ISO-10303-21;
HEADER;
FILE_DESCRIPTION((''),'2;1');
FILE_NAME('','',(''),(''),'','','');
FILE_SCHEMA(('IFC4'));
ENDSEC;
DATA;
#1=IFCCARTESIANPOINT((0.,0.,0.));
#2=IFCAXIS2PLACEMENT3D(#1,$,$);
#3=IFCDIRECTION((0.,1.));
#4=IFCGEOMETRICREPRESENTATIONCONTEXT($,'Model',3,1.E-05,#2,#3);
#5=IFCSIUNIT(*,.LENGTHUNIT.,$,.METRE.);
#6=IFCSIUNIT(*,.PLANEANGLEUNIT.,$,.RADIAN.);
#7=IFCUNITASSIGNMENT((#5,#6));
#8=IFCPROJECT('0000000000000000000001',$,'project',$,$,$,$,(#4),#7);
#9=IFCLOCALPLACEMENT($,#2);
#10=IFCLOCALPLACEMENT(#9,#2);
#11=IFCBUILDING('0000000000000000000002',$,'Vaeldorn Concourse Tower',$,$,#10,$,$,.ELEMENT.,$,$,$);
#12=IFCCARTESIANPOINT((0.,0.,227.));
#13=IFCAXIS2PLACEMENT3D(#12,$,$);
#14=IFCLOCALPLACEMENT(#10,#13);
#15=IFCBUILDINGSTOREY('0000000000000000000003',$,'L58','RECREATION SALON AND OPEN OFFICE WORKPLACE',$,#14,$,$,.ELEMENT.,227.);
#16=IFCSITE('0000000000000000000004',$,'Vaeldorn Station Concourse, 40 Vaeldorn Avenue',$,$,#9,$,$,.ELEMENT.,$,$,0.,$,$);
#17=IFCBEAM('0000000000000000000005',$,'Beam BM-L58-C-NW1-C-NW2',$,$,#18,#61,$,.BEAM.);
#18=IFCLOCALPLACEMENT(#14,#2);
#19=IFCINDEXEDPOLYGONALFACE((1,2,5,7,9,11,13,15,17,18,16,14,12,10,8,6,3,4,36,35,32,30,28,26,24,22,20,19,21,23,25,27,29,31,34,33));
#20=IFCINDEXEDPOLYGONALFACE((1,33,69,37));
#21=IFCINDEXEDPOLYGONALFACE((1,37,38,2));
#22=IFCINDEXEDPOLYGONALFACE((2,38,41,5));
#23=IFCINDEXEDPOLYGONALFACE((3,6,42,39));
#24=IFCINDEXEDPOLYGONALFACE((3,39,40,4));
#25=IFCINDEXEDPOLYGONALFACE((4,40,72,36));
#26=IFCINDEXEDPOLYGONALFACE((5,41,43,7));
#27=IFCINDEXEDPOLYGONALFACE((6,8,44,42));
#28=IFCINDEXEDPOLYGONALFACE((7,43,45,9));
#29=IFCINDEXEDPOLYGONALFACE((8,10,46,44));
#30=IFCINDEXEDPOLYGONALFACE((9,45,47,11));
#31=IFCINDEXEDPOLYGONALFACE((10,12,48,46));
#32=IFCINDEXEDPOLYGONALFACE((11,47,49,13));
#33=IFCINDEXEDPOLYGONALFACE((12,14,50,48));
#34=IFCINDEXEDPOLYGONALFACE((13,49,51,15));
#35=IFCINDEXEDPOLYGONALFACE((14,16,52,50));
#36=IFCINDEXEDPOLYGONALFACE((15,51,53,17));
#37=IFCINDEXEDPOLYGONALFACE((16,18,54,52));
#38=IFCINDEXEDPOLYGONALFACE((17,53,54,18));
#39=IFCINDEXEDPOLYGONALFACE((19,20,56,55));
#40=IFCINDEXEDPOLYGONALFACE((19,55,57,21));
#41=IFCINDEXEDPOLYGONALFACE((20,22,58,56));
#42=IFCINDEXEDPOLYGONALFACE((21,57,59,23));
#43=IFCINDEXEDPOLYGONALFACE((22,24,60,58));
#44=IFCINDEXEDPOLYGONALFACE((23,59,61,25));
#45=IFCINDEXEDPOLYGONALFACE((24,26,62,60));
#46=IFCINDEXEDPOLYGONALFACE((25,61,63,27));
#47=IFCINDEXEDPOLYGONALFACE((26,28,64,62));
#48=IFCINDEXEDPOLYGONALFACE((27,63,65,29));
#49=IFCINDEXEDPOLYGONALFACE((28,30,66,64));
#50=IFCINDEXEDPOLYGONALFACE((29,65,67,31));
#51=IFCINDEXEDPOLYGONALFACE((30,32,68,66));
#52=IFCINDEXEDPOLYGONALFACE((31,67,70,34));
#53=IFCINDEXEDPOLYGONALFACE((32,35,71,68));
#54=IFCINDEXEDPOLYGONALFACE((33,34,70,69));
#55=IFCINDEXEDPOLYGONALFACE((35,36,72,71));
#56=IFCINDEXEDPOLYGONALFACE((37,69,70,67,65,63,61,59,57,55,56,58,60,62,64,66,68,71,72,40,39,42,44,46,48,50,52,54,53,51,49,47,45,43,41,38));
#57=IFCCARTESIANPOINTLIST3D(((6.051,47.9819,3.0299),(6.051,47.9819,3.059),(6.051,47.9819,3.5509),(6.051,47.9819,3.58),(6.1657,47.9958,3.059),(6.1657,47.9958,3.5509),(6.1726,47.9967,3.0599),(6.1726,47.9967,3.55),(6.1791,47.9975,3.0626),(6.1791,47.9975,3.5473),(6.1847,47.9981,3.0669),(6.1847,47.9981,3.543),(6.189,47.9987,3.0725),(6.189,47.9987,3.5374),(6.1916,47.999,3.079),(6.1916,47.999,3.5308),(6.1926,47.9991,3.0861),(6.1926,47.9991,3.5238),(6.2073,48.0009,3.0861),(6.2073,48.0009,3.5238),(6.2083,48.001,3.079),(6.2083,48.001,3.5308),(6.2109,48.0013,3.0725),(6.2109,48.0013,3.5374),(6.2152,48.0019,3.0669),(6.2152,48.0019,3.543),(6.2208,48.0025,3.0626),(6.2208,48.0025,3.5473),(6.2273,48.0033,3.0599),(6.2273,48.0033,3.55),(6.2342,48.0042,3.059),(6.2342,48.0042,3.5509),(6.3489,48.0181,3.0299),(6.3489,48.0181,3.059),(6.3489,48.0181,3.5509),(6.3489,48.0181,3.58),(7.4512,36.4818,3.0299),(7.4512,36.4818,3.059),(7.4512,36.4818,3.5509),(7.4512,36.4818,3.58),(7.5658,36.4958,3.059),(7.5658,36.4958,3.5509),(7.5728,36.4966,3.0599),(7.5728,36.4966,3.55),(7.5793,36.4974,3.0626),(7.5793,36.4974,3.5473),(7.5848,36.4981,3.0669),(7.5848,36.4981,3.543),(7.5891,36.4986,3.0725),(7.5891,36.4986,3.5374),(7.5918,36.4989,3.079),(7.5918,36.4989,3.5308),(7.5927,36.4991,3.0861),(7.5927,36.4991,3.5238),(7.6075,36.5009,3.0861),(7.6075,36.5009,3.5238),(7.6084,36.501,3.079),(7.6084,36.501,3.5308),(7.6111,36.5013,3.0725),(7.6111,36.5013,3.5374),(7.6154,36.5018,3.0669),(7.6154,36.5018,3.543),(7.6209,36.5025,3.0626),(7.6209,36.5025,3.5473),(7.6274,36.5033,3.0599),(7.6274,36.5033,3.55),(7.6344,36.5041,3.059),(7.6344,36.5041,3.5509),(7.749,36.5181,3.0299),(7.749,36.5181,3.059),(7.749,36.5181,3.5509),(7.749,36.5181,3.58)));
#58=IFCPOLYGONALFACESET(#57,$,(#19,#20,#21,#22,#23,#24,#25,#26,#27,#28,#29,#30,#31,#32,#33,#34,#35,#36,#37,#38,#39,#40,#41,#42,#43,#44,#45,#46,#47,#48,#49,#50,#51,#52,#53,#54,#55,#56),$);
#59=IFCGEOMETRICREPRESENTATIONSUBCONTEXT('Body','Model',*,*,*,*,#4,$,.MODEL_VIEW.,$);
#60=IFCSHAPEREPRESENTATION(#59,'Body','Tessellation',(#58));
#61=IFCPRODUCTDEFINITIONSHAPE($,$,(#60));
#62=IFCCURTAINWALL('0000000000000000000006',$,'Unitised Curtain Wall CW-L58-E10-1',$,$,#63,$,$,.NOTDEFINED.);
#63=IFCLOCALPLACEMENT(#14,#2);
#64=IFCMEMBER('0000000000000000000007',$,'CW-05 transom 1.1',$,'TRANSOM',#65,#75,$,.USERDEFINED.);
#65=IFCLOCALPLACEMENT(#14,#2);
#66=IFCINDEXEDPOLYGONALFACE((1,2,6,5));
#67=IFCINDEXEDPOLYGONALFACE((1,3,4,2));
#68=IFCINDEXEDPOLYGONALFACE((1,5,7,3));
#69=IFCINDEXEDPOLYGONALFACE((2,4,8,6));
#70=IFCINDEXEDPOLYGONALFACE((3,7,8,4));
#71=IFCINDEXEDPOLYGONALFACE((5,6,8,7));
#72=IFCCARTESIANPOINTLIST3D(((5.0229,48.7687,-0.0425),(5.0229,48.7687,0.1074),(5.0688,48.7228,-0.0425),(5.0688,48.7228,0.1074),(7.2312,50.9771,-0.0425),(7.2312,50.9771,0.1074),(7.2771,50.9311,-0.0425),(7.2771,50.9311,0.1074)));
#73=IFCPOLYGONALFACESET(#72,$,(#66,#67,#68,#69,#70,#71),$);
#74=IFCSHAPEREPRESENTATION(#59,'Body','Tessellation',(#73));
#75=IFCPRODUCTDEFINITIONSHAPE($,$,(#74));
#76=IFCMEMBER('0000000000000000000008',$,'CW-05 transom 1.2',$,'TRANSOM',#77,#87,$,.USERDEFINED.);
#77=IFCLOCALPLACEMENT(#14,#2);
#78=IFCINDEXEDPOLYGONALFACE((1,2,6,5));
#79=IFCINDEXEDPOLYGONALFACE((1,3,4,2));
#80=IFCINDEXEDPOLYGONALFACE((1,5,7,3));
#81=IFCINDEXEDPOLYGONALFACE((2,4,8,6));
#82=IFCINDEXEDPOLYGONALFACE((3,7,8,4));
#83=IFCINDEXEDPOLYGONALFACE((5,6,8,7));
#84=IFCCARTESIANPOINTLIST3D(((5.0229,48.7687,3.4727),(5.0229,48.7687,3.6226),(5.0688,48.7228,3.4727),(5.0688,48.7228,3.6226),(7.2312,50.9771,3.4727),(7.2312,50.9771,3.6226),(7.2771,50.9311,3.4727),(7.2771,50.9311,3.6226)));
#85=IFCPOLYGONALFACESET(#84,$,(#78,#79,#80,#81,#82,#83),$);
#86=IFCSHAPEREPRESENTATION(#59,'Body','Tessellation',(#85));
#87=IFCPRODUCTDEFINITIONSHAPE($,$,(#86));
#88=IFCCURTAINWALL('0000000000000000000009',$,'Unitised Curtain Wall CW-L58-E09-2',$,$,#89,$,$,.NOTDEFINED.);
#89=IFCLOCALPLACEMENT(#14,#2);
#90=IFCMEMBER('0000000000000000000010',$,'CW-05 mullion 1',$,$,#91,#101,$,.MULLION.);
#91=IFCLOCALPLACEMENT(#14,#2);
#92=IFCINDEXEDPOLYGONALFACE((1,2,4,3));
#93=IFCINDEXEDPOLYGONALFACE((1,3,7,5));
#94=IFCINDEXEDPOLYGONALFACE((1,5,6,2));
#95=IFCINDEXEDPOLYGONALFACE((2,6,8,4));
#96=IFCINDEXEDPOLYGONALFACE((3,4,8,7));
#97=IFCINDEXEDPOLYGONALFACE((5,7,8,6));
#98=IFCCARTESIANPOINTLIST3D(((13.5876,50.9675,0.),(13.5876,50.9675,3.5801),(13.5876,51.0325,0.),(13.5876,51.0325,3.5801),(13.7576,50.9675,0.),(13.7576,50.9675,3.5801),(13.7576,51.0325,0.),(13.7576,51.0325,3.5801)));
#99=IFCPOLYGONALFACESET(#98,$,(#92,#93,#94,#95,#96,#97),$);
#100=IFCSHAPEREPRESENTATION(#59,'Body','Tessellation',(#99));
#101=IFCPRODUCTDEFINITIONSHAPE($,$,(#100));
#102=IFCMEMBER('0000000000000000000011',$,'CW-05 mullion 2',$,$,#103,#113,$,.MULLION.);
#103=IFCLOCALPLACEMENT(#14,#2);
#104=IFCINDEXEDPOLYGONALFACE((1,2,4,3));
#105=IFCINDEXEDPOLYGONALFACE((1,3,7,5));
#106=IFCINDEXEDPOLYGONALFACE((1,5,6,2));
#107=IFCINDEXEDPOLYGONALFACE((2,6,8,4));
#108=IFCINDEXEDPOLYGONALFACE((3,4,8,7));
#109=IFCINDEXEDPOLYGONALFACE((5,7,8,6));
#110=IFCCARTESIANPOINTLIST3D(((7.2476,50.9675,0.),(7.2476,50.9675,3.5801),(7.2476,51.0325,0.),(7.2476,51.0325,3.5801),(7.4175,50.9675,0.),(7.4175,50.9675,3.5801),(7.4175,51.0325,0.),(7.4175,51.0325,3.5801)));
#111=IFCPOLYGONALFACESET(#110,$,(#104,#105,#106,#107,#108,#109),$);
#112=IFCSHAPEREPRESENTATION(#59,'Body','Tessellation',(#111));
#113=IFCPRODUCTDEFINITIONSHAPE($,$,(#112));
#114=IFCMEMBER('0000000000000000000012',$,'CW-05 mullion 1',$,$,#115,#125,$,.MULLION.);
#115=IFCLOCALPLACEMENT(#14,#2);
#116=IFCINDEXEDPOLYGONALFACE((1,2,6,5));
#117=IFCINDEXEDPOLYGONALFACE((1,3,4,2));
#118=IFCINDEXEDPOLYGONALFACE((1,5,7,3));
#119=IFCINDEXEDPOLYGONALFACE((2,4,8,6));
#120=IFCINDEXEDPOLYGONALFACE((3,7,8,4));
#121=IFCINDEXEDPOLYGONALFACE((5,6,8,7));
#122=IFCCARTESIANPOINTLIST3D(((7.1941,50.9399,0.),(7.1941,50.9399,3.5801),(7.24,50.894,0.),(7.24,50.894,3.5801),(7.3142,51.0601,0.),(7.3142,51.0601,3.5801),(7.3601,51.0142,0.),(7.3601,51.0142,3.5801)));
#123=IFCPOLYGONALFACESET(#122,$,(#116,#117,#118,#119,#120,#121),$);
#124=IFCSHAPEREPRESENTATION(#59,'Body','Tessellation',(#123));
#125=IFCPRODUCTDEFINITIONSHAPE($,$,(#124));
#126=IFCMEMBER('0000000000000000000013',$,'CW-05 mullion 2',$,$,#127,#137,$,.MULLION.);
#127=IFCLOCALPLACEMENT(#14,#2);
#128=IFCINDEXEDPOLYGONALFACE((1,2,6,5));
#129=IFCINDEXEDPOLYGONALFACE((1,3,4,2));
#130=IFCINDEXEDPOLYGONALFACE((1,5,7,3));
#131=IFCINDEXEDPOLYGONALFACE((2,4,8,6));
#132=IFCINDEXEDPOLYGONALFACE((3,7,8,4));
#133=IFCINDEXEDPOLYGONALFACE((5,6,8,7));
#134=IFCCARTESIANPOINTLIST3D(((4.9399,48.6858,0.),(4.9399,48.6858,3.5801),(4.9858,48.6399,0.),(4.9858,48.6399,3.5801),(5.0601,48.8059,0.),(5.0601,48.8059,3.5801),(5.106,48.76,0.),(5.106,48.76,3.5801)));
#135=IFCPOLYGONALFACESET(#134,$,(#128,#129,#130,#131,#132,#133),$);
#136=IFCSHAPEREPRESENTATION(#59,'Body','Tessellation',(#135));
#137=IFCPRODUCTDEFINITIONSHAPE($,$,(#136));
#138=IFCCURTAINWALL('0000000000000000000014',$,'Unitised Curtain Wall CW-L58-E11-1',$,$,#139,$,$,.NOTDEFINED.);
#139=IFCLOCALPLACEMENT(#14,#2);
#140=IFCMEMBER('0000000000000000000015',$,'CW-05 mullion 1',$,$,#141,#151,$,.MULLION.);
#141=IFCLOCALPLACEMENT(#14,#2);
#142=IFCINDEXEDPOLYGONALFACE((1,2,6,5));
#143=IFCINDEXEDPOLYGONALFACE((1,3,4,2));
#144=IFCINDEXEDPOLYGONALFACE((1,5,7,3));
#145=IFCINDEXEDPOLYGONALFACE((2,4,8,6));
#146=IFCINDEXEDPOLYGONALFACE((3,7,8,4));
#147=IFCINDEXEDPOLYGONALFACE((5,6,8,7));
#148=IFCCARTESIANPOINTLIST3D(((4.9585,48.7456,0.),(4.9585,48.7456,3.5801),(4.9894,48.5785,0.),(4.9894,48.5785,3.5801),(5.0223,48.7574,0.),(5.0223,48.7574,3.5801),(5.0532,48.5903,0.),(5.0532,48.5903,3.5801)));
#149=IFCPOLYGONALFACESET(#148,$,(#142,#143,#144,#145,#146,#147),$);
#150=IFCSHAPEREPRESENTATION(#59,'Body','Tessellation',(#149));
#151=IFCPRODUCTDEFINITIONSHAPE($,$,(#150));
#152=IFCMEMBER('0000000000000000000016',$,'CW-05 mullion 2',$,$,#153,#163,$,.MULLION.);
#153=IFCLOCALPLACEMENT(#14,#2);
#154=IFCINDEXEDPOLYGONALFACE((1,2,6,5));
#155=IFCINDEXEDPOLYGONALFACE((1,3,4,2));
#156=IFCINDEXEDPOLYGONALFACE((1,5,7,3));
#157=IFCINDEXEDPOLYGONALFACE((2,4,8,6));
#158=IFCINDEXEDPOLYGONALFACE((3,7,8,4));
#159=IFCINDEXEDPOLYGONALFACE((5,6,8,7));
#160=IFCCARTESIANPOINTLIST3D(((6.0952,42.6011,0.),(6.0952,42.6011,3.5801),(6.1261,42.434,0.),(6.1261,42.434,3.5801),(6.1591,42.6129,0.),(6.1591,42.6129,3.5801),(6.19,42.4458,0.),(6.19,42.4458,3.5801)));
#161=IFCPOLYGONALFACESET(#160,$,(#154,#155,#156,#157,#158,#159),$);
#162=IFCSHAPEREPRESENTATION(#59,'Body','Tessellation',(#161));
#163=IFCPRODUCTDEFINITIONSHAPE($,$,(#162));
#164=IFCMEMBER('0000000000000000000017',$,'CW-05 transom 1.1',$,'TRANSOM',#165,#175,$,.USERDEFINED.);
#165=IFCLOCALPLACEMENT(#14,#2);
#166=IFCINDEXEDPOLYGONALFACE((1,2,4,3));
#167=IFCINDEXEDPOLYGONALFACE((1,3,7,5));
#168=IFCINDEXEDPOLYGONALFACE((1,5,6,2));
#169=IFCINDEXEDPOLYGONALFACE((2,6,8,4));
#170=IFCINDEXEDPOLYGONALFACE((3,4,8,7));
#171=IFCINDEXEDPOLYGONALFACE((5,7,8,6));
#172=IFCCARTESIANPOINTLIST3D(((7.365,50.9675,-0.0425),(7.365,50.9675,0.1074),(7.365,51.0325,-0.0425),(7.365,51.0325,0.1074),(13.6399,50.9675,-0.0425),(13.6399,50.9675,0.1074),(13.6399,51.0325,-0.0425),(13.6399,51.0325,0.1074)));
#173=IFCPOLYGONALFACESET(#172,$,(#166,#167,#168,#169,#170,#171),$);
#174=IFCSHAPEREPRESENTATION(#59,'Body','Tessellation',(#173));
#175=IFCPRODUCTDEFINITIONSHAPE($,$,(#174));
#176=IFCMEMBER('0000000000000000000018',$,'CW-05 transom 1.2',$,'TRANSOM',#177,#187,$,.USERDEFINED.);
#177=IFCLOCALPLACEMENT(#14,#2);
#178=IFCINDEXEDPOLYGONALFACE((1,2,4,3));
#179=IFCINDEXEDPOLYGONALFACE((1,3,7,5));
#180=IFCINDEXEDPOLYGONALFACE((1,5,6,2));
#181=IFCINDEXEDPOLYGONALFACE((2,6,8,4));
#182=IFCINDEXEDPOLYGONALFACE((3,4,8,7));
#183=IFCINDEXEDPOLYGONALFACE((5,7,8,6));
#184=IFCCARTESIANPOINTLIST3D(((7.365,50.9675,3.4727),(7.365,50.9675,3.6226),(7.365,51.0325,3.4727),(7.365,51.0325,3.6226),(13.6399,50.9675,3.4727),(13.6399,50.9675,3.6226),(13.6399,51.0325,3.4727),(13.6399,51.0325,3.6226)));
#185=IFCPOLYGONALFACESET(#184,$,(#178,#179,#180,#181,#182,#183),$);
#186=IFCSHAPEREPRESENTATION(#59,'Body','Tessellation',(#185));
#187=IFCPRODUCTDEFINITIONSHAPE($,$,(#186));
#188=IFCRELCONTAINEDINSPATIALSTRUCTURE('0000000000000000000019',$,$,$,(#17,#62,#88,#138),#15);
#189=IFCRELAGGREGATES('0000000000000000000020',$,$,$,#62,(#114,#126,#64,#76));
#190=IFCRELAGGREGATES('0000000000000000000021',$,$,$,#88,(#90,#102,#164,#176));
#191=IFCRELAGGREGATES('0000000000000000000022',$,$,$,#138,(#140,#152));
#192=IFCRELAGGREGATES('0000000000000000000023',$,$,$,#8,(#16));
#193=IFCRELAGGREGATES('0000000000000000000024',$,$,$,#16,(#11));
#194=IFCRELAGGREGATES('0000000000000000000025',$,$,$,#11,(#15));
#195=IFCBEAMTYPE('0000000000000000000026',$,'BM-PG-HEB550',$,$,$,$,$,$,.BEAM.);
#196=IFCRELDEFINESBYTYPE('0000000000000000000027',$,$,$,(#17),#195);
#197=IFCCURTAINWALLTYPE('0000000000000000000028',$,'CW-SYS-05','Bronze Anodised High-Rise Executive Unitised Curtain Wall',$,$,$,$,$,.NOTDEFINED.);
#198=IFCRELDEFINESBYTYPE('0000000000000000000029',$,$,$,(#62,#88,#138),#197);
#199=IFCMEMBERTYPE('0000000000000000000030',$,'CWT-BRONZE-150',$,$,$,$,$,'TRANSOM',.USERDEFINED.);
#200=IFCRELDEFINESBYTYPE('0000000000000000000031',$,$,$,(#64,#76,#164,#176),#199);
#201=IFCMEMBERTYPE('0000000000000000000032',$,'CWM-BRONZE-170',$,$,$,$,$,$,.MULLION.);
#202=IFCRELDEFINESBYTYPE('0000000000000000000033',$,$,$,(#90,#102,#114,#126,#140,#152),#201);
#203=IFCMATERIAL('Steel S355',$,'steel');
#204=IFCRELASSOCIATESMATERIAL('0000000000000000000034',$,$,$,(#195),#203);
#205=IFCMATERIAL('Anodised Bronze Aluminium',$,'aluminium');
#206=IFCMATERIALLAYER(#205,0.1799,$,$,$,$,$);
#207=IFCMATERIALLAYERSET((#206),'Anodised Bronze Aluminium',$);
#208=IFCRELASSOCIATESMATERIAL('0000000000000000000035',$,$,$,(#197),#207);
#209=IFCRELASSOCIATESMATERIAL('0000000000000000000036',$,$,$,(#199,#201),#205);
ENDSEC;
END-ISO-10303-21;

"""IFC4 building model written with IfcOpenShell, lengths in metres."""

from ifc_helpers import new_model, si_unit, direction, frame, origin, origin_2d, place, context, subcontext, project, spatial, rectangle, i_section, extrude, source, transform, mapped, material, layer, layer_set, material_profile, profile_set, type_object, element, aggregate, save


model = new_model("IFC4")

# Units and contexts
model_context = context("Model", 3, precision=1e-05, world=origin(), true_north=direction((0.0, 1.0)))
body_context = subcontext(model_context, "Body", "Model", "MODEL_VIEW")
ifc_project = project(units=[si_unit("LENGTHUNIT", "METRE"), si_unit("PLANEANGLEUNIT", "RADIAN")], contexts=[model_context])

# Site, building, storey
site_placement = place(None, origin())
site = spatial("IfcSite", under=ifc_project, at=site_placement, Name="Vaeldorn Station Concourse, 40 Vaeldorn Avenue", CompositionType="ELEMENT", RefElevation=0.0)
building_placement = place(site_placement, origin())
building = spatial("IfcBuilding", under=site, at=building_placement, Name="Vaeldorn Concourse Tower", CompositionType="ELEMENT")
storey_placement = place(building_placement, frame((0.0, 0.0, 227.0)))
storey = spatial("IfcBuildingStorey", under=building, at=storey_placement, Name="L58", Description="RECREATION SALON AND OPEN OFFICE WORKPLACE", CompositionType="ELEMENT", Elevation=227.0)

# Shared definitions
ifc_material_1 = material(Name="Steel S355", Category="steel")

# Beam
ifc_material_profile_1 = material_profile(ifc_material_1, i_section(OverallWidth=0.3, OverallDepth=0.55, WebThickness=0.0149, FlangeThickness=0.0291, FilletRadius=0.0271, at=origin_2d()), Name="HEB 550")
ifc_profile_set_1 = profile_set([ifc_material_profile_1], Name="Steel S355")
beam_type_1 = type_object("IfcBeamType", Name="BM-PG-HEB550", PredefinedType="BEAM", material=ifc_profile_set_1)
shared_shape_1 = source(origin(), body_context, "Body", "SweptSolid", [
    extrude(i_section(OverallWidth=0.3, OverallDepth=0.55, WebThickness=0.0149, FlangeThickness=0.0291, FilletRadius=0.0271, at=origin_2d()), origin(), (0.0, 0.0, 1.0), 11.585),
])
beam_1_placement = place(storey_placement, frame((6.2, 48.0, 3.3049), z_axis=(0.120859, -0.99267, 0.0), x_axis=(0.99267, 0.120859, 0.0)))
element("IfcBeam", 1, at=beam_1_placement, inside=storey, type_object=beam_type_1, Name="Beam BM-L58-C-NW1-C-NW2", PredefinedType="BEAM", context=body_context, shape_type="MappedRepresentation", body=[
    mapped(shared_shape_1, transform((0.0, 0.0, 0.0), scale=1.0)),
])

# Curtain walls, members
ifc_material_2 = material(Name="Anodised Bronze Aluminium", Category="aluminium")
ifc_layer_1 = layer(ifc_material_2, 0.1799)
ifc_layer_set_1 = layer_set([ifc_layer_1], Name="Anodised Bronze Aluminium")
curtain_wall_type = type_object("IfcCurtainWallType", Name="CW-SYS-05", Description="Bronze Anodised High-Rise Executive Unitised Curtain Wall", PredefinedType="NOTDEFINED", material=ifc_layer_set_1)
curtain_wall_1_placement = place(storey_placement, origin())
curtain_wall_1 = element("IfcCurtainWall", 2, at=curtain_wall_1_placement, inside=storey, type_object=curtain_wall_type, Name="Unitised Curtain Wall CW-L58-E10-1", PredefinedType="NOTDEFINED")
ifc_material_profile_2 = material_profile(ifc_material_2, rectangle(XDim=0.0649, YDim=0.1499, at=origin_2d()), Name="CWT 65x150")
ifc_profile_set_2 = profile_set([ifc_material_profile_2], Name="Anodised Bronze Aluminium")
member_type_1 = type_object("IfcMemberType", Name="CWT-BRONZE-150", ElementType="TRANSOM", PredefinedType="USERDEFINED", material=ifc_profile_set_2)
shared_shape_2 = source(origin(), body_context, "Body", "SweptSolid", [
    extrude(rectangle(XDim=0.0649, YDim=0.1499, at=origin_2d()), origin(), (0.0, 0.0, 1.0), 3.123),
])
member_1_placement = place(storey_placement, frame((7.2542, 50.9541, 0.0325), z_axis=(-0.707107, -0.707107, 0.0), x_axis=(0.707107, -0.707107, 0.0)))
member_1 = element("IfcMember", 3, at=member_1_placement, type_object=member_type_1, Name="CW-05 transom 1.1", ObjectType="TRANSOM", PredefinedType="USERDEFINED", context=body_context, shape_type="MappedRepresentation", body=[
    mapped(shared_shape_2, transform((0.0, 0.0, 0.0), scale=1.0)),
])
member_2_placement = place(storey_placement, frame((7.2542, 50.9541, 3.5476), z_axis=(-0.707107, -0.707107, 0.0), x_axis=(0.707107, -0.707107, 0.0)))
member_2 = element("IfcMember", 4, at=member_2_placement, type_object=member_type_1, Name="CW-05 transom 1.2", ObjectType="TRANSOM", PredefinedType="USERDEFINED", context=body_context, shape_type="MappedRepresentation", body=[
    mapped(shared_shape_2, transform((0.0, 0.0, 0.0), scale=1.0)),
])
curtain_wall_2_placement = place(storey_placement, origin())
curtain_wall_2 = element("IfcCurtainWall", 5, at=curtain_wall_2_placement, inside=storey, type_object=curtain_wall_type, Name="Unitised Curtain Wall CW-L58-E09-2", PredefinedType="NOTDEFINED")
ifc_material_profile_3 = material_profile(ifc_material_2, rectangle(XDim=0.0649, YDim=0.1699, at=origin_2d()), Name="CWM 65x170")
ifc_profile_set_3 = profile_set([ifc_material_profile_3], Name="Anodised Bronze Aluminium")
member_type_2 = type_object("IfcMemberType", Name="CWM-BRONZE-170", PredefinedType="MULLION", material=ifc_profile_set_3)
shared_shape_3 = source(origin(), body_context, "Body", "SweptSolid", [
    extrude(rectangle(XDim=0.0649, YDim=0.1699, at=origin_2d()), origin(), (0.0, 0.0, 1.0), 3.5801),
])
member_3_placement = place(storey_placement, frame((13.6726, 51.0, 0.0), z_axis=(0.0, 0.0, 1.0), x_axis=(0.0, -1.0, 0.0)))
member_3 = element("IfcMember", 6, at=member_3_placement, type_object=member_type_2, Name="CW-05 mullion 1", PredefinedType="MULLION", context=body_context, shape_type="MappedRepresentation", body=[
    mapped(shared_shape_3, transform((0.0, 0.0, 0.0), scale=1.0)),
])
member_4_placement = place(storey_placement, frame((7.3325, 51.0, 0.0), z_axis=(0.0, 0.0, 1.0), x_axis=(0.0, -1.0, 0.0)))
member_4 = element("IfcMember", 7, at=member_4_placement, type_object=member_type_2, Name="CW-05 mullion 2", PredefinedType="MULLION", context=body_context, shape_type="MappedRepresentation", body=[
    mapped(shared_shape_3, transform((0.0, 0.0, 0.0), scale=1.0)),
])

# Members
member_5_placement = place(storey_placement, frame((7.2771, 50.9771, 0.0), z_axis=(0.0, 0.0, 1.0), x_axis=(0.707107, -0.707107, 0.0)))
member_5 = element("IfcMember", 8, at=member_5_placement, type_object=member_type_2, Name="CW-05 mullion 1", PredefinedType="MULLION", context=body_context, shape_type="MappedRepresentation", body=[
    mapped(shared_shape_3, transform((0.0, 0.0, 0.0), scale=1.0)),
])
member_6_placement = place(storey_placement, frame((5.0229, 48.7229, 0.0), z_axis=(0.0, 0.0, 1.0), x_axis=(0.707107, -0.707107, 0.0)))
member_6 = element("IfcMember", 9, at=member_6_placement, type_object=member_type_2, Name="CW-05 mullion 2", PredefinedType="MULLION", context=body_context, shape_type="MappedRepresentation", body=[
    mapped(shared_shape_3, transform((0.0, 0.0, 0.0), scale=1.0)),
])

# Curtain wall, members
curtain_wall_3_placement = place(storey_placement, origin())
curtain_wall_3 = element("IfcCurtainWall", 10, at=curtain_wall_3_placement, inside=storey, type_object=curtain_wall_type, Name="Unitised Curtain Wall CW-L58-E11-1", PredefinedType="NOTDEFINED")
member_7_placement = place(storey_placement, frame((5.0059, 48.668, 0.0), z_axis=(0.0, 0.0, 1.0), x_axis=(0.983319, 0.181888, 0.0)))
member_7 = element("IfcMember", 11, at=member_7_placement, type_object=member_type_2, Name="CW-05 mullion 1", PredefinedType="MULLION", context=body_context, shape_type="MappedRepresentation", body=[
    mapped(shared_shape_3, transform((0.0, 0.0, 0.0), scale=1.0)),
])
member_8_placement = place(storey_placement, frame((6.1426, 42.5234, 0.0), z_axis=(0.0, 0.0, 1.0), x_axis=(0.983319, 0.181888, 0.0)))
member_8 = element("IfcMember", 12, at=member_8_placement, type_object=member_type_2, Name="CW-05 mullion 2", PredefinedType="MULLION", context=body_context, shape_type="MappedRepresentation", body=[
    mapped(shared_shape_3, transform((0.0, 0.0, 0.0), scale=1.0)),
])

# Members
shared_shape_4 = source(origin(), body_context, "Body", "SweptSolid", [
    extrude(rectangle(XDim=0.0649, YDim=0.1499, at=origin_2d()), origin(), (0.0, 0.0, 1.0), 6.2749),
])
member_9_placement = place(storey_placement, frame((13.6399, 51.0, 0.0325), z_axis=(-1.0, 0.0, 0.0), x_axis=(0.0, -1.0, 0.0)))
member_9 = element("IfcMember", 13, at=member_9_placement, type_object=member_type_1, Name="CW-05 transom 1.1", ObjectType="TRANSOM", PredefinedType="USERDEFINED", context=body_context, shape_type="MappedRepresentation", body=[
    mapped(shared_shape_4, transform((0.0, 0.0, 0.0), scale=1.0)),
])
member_10_placement = place(storey_placement, frame((13.6399, 51.0, 3.5476), z_axis=(-1.0, 0.0, 0.0), x_axis=(0.0, -1.0, 0.0)))
member_10 = element("IfcMember", 14, at=member_10_placement, type_object=member_type_1, Name="CW-05 transom 1.2", ObjectType="TRANSOM", PredefinedType="USERDEFINED", context=body_context, shape_type="MappedRepresentation", body=[
    mapped(shared_shape_4, transform((0.0, 0.0, 0.0), scale=1.0)),
])

aggregate(curtain_wall_1, [member_5, member_6, member_1, member_2])
aggregate(curtain_wall_2, [member_3, member_4, member_9, member_10])
aggregate(curtain_wall_3, [member_7, member_8])

save(model, "model.ifc")
